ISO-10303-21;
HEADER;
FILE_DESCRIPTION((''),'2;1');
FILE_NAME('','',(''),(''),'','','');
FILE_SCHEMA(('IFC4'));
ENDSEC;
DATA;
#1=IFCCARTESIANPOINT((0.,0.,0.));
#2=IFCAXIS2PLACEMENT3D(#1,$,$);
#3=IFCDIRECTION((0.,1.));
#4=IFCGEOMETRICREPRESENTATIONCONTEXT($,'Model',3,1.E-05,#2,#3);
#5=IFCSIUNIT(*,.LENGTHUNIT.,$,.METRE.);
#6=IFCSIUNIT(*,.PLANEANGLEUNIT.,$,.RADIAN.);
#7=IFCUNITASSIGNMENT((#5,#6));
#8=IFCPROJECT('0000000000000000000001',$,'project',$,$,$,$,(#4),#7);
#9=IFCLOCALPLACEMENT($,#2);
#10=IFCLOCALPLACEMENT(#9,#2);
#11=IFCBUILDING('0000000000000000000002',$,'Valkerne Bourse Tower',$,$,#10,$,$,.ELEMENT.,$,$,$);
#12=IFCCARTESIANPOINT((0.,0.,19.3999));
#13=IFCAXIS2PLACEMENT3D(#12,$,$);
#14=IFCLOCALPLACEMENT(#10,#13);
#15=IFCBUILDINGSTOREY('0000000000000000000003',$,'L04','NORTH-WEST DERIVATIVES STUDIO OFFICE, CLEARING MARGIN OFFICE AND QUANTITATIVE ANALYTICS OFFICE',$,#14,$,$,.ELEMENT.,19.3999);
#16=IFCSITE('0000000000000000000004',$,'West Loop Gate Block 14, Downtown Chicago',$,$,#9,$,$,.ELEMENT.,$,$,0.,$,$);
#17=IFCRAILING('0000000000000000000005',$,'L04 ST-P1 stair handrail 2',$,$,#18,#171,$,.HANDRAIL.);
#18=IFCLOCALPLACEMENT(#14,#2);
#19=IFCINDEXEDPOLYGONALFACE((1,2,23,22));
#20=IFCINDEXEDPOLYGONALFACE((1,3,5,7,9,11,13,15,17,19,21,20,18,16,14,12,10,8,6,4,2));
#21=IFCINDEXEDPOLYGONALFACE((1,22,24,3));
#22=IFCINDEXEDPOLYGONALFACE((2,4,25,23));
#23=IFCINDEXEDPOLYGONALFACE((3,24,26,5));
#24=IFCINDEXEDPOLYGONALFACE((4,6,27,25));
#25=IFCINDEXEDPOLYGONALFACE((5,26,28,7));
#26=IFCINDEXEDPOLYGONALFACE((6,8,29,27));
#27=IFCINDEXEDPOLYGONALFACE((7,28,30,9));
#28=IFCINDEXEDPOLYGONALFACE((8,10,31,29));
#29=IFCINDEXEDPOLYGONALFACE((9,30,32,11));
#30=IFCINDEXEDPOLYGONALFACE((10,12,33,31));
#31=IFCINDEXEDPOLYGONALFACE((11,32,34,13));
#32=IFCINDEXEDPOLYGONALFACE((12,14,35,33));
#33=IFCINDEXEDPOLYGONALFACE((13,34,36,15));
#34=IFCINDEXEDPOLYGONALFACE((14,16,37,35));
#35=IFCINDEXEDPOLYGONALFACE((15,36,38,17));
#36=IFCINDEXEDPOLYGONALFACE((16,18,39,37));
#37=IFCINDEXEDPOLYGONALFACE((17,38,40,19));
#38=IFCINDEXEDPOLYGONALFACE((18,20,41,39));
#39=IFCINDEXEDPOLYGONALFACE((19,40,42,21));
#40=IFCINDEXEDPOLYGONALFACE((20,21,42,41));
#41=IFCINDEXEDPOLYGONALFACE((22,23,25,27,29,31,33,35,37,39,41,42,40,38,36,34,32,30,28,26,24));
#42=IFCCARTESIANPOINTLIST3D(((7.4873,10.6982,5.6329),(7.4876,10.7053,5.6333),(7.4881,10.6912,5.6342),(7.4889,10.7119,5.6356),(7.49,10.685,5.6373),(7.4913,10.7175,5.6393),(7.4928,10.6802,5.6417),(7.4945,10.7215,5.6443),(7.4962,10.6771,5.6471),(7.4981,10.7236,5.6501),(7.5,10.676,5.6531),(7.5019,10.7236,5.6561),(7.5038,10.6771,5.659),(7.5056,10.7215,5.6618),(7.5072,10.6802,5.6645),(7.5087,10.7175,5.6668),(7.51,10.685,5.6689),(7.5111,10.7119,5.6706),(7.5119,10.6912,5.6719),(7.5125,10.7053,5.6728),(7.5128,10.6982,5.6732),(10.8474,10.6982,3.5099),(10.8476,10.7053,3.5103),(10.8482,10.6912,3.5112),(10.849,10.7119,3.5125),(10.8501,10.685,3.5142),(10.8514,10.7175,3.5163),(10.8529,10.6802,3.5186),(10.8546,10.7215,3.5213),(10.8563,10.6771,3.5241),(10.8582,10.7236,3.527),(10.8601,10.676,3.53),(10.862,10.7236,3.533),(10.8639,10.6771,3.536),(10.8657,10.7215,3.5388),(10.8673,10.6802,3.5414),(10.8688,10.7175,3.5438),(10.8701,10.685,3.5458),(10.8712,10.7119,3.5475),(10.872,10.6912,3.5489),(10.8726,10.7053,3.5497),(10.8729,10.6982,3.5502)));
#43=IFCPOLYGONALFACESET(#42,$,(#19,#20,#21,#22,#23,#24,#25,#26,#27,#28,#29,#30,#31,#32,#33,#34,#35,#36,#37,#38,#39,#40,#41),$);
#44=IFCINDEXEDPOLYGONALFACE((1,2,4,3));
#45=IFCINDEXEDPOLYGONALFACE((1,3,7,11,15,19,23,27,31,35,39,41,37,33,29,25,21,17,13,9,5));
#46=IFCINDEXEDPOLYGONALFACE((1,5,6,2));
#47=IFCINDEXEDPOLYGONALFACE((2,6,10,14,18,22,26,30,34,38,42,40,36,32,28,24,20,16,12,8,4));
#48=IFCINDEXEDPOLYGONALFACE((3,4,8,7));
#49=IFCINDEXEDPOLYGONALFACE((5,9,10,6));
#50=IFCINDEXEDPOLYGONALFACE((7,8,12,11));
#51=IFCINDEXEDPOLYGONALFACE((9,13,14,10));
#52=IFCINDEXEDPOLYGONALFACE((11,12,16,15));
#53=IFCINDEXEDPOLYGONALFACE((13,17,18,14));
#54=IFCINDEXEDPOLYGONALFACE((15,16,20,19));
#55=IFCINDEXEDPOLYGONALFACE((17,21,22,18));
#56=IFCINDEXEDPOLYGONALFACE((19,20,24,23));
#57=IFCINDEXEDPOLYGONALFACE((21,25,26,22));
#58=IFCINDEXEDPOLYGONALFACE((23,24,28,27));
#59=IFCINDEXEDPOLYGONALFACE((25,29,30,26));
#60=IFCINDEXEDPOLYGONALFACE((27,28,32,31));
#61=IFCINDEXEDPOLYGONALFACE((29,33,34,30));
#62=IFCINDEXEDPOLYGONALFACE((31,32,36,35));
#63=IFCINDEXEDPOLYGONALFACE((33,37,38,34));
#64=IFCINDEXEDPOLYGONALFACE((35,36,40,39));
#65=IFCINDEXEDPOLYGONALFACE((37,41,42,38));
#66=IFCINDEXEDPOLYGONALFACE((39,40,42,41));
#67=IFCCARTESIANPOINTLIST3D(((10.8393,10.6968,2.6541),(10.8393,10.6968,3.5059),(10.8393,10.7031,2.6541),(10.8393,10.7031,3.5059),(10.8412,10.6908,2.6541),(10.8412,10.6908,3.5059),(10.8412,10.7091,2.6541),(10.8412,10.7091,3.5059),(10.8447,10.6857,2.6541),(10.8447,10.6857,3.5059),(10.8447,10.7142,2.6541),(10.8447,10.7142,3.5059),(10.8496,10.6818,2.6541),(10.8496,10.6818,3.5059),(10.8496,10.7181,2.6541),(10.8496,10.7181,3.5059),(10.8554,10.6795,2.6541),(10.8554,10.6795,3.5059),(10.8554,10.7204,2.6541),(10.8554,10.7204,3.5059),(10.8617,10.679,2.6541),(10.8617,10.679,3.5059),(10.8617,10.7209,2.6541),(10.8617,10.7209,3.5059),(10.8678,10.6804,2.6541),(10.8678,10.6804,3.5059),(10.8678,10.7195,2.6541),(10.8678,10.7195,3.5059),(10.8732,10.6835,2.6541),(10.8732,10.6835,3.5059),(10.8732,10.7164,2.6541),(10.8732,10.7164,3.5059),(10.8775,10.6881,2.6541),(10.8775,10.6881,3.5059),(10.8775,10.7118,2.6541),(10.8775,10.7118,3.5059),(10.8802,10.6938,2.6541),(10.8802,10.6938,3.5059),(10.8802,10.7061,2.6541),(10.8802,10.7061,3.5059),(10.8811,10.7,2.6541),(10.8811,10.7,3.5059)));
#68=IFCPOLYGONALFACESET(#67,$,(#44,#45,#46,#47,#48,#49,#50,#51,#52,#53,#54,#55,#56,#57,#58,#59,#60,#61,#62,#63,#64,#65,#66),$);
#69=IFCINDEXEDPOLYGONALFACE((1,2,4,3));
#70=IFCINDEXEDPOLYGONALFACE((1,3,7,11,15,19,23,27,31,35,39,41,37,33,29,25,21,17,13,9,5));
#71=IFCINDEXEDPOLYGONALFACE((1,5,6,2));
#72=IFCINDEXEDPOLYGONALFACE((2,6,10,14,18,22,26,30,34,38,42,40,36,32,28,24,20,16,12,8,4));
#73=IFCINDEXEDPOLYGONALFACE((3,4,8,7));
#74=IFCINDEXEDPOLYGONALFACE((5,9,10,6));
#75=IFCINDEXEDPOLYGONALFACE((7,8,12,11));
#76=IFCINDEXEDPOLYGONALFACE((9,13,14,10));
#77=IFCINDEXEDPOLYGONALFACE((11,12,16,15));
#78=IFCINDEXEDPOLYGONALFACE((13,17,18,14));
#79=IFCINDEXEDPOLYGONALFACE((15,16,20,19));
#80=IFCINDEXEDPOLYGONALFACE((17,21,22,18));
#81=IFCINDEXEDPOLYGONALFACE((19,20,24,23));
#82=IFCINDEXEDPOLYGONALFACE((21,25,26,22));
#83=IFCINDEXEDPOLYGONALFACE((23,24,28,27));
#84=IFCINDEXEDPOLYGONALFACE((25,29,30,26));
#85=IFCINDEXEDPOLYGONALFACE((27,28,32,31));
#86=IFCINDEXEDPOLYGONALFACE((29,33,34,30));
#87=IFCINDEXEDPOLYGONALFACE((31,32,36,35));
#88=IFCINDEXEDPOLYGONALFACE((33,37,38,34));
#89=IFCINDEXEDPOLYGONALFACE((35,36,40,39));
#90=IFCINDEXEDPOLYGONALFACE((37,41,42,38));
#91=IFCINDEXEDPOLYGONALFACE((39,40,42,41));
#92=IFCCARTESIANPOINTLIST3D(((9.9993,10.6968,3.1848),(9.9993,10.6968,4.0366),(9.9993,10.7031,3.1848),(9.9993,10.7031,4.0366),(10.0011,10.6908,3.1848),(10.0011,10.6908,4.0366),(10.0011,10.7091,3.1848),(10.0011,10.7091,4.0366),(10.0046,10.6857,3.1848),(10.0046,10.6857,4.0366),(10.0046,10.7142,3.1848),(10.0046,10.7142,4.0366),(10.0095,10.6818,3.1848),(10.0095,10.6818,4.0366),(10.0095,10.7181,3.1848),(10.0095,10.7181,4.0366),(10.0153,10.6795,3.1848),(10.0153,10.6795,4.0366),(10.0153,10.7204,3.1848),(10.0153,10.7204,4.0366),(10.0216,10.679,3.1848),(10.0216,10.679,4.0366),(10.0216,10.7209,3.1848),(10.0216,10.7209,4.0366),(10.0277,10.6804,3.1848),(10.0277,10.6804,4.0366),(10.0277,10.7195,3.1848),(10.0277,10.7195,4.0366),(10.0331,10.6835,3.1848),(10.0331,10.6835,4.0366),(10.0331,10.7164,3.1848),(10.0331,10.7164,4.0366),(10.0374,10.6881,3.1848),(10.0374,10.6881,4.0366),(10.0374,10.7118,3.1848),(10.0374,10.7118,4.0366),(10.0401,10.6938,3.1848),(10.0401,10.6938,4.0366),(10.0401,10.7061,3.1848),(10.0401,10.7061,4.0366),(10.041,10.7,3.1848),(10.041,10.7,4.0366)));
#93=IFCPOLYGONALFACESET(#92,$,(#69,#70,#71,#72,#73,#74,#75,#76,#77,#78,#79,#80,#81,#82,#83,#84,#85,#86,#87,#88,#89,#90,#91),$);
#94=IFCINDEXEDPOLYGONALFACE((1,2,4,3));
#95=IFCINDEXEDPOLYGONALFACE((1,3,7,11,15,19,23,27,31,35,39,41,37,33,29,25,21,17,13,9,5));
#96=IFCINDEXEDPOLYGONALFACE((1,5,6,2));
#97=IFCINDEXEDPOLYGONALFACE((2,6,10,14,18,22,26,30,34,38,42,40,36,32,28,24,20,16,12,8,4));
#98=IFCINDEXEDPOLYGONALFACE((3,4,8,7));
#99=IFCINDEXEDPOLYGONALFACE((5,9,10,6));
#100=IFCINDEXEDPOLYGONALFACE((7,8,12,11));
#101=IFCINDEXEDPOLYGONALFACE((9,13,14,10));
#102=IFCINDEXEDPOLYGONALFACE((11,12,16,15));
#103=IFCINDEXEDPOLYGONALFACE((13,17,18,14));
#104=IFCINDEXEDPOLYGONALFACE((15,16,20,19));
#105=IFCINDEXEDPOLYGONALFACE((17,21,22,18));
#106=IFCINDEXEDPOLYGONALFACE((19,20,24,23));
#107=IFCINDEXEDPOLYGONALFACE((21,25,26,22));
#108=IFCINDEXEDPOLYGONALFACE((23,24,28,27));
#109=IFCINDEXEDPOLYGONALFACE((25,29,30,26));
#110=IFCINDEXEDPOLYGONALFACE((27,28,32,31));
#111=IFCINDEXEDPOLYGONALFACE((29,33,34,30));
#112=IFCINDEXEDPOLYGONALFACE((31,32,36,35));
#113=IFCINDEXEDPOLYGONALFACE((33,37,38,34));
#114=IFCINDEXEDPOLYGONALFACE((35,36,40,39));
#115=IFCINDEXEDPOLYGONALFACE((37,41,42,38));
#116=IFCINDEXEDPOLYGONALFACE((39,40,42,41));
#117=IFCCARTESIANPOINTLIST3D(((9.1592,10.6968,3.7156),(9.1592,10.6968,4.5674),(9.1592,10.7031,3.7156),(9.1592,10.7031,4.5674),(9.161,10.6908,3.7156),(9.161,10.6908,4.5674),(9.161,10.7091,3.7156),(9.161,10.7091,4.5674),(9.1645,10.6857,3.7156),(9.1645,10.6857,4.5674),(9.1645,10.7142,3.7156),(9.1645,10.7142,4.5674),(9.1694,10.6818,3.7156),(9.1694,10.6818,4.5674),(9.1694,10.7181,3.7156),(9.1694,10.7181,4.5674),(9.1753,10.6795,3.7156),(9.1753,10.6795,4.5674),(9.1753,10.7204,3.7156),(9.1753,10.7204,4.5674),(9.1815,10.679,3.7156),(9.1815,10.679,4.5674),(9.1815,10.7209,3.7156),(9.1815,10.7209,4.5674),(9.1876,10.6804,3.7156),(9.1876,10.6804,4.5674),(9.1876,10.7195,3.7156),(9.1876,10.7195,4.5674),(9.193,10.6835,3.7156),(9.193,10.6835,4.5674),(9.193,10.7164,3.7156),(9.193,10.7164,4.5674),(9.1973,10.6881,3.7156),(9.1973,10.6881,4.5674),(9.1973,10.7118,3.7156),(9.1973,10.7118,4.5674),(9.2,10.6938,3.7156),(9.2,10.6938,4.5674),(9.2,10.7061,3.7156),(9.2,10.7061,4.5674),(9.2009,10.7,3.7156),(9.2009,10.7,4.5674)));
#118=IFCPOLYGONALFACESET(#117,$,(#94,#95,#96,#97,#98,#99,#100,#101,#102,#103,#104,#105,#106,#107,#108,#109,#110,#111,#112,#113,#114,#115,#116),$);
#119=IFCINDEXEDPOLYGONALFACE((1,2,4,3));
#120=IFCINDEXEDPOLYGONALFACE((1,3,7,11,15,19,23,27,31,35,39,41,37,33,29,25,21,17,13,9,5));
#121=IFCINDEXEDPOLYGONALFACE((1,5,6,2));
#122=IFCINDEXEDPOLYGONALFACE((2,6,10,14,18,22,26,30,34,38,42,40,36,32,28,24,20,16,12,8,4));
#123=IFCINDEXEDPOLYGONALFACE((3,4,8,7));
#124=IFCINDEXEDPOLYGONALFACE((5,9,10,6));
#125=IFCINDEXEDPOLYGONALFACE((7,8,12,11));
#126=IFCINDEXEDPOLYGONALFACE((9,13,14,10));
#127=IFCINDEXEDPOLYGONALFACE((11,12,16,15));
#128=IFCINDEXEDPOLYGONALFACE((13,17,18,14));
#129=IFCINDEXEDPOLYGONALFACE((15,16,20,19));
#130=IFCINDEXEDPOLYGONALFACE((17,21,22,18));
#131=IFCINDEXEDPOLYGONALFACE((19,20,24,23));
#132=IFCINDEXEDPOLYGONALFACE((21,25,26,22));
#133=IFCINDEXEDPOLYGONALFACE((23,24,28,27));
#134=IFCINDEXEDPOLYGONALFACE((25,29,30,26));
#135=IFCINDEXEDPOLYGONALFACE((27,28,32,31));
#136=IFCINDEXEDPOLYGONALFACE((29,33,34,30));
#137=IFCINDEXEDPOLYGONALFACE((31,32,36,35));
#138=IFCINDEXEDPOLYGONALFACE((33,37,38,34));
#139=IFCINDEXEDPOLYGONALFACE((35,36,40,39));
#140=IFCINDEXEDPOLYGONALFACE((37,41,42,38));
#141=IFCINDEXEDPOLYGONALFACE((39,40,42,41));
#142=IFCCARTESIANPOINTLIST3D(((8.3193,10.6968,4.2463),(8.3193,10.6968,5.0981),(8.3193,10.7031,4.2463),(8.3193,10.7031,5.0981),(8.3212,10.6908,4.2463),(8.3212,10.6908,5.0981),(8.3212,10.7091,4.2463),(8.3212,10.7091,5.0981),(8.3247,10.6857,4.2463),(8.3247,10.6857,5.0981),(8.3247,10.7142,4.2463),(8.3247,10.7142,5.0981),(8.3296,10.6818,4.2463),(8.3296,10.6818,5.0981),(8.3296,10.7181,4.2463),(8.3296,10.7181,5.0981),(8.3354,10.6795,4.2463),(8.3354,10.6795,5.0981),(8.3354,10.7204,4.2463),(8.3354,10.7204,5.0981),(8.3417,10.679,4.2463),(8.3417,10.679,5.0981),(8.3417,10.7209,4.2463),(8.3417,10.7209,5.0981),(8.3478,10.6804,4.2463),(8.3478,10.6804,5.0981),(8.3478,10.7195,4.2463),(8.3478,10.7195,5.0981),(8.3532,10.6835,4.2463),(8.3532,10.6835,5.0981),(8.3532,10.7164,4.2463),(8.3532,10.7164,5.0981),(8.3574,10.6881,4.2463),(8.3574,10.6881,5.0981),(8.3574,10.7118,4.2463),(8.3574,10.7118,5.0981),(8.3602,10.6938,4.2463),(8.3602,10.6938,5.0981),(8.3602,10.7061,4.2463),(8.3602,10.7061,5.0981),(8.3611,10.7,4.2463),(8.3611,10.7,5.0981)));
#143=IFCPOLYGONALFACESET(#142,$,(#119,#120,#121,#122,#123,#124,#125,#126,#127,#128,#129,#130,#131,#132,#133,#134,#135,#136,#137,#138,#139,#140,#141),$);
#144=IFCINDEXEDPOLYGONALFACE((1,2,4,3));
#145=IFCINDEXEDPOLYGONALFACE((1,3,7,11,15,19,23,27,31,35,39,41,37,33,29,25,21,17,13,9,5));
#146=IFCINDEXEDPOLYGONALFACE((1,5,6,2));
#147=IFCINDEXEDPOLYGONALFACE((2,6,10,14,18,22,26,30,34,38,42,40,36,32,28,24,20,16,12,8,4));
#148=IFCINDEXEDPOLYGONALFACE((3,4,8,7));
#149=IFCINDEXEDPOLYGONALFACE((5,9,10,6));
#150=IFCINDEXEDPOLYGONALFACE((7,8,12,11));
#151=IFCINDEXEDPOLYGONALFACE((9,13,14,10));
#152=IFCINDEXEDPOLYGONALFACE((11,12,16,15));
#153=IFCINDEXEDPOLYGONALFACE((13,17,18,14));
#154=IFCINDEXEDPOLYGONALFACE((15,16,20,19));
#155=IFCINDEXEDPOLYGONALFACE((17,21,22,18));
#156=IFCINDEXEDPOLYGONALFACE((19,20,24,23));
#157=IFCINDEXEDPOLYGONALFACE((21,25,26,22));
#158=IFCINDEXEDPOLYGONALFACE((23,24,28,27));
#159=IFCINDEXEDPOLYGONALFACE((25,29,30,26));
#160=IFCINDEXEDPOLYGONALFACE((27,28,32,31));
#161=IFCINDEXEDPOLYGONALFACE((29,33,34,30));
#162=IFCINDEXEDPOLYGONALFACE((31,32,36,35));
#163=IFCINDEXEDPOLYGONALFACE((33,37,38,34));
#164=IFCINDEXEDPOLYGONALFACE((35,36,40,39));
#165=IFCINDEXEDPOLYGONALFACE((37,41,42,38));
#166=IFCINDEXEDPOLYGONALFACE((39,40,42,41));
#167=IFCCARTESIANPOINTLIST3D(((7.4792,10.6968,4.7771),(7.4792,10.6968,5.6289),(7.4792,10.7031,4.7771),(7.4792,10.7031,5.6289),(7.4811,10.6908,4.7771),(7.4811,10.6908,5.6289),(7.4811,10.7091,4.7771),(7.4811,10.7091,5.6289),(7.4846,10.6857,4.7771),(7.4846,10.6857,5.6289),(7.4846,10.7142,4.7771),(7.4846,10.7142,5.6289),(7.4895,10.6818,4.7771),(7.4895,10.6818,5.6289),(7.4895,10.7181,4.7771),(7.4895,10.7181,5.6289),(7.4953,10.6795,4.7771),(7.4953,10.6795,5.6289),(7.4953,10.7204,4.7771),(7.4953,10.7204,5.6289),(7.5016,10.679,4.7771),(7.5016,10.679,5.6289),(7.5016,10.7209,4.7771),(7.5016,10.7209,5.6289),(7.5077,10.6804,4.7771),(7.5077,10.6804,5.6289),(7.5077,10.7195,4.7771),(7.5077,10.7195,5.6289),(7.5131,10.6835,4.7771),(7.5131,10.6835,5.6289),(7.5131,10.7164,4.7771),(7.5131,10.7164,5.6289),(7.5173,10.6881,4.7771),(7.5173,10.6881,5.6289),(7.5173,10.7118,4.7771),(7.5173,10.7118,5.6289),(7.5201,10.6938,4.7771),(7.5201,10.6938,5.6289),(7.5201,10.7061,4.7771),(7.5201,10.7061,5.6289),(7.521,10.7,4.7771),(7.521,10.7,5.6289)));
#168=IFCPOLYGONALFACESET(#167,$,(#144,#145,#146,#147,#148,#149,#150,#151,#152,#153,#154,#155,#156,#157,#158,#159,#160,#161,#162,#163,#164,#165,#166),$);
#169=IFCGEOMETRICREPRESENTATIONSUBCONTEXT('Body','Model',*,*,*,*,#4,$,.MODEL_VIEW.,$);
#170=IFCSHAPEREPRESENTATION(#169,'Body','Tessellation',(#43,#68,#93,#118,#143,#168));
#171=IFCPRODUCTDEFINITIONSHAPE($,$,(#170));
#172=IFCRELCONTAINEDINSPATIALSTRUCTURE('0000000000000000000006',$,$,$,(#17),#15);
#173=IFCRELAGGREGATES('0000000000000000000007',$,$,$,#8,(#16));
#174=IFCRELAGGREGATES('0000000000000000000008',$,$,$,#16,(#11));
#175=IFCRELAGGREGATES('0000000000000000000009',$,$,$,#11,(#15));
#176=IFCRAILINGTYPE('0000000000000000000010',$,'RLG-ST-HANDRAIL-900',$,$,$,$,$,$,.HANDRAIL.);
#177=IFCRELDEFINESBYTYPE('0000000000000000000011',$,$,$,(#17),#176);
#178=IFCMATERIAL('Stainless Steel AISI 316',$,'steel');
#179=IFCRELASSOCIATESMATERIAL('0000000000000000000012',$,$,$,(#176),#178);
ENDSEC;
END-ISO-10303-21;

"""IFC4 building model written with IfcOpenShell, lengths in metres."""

from ifc_helpers import new_model, si_unit, direction, frame, origin, origin_2d, place, context, subcontext, project, spatial, circle, extrude, material, type_object, element, save


model = new_model("IFC4")

# Units and contexts
model_context = context("Model", 3, precision=1e-05, world=origin(), true_north=direction((0.0, 1.0)))
body_context = subcontext(model_context, "Body", "Model", "MODEL_VIEW")
ifc_project = project(units=[si_unit("LENGTHUNIT", "METRE"), si_unit("PLANEANGLEUNIT", "RADIAN")], contexts=[model_context])

# Site, building, storey
site_placement = place(None, origin())
site = spatial("IfcSite", under=ifc_project, at=site_placement, Name="West Loop Gate Block 14, Downtown Chicago", CompositionType="ELEMENT", RefElevation=0.0)
building_placement = place(site_placement, origin())
building = spatial("IfcBuilding", under=site, at=building_placement, Name="Valkerne Bourse Tower", CompositionType="ELEMENT")
storey_placement = place(building_placement, frame((0.0, 0.0, 19.3999)))
storey = spatial("IfcBuildingStorey", under=building, at=storey_placement, Name="L04", Description="NORTH-WEST DERIVATIVES STUDIO OFFICE, CLEARING MARGIN OFFICE AND QUANTITATIVE ANALYTICS OFFICE", CompositionType="ELEMENT", Elevation=19.3999)

# Railing
ifc_material_1 = material(Name="Stainless Steel AISI 316", Category="steel")
railing_type_1 = type_object("IfcRailingType", Name="RLG-ST-HANDRAIL-900", PredefinedType="HANDRAIL", material=ifc_material_1)
railing_1_placement = place(storey_placement, frame((10.8601, 10.7, 2.6541)))
element("IfcRailing", 1, at=railing_1_placement, inside=storey, type_object=railing_type_1, Name="L04 ST-P1 stair handrail 2", PredefinedType="HANDRAIL", context=body_context, shape_type="SweptSolid", body=[
    extrude(circle(Radius=0.0239, at=origin_2d()), frame((0.0, 0.0, 0.876), z_axis=(-0.84539, 0.0, 0.53415), x_axis=(0.0, -1.0, 0.0)), (0.0, 0.0, 1.0), 3.9746),
    extrude(circle(Radius=0.021, at=origin_2d()), origin(), (0.0, 0.0, 1.0), 0.8518),
    extrude(circle(Radius=0.021, at=origin_2d()), frame((-0.8401, 0.0, 0.5308)), (0.0, 0.0, 1.0), 0.8518),
    extrude(circle(Radius=0.021, at=origin_2d()), frame((-1.6802, 0.0, 1.0615)), (0.0, 0.0, 1.0), 0.8518),
    extrude(circle(Radius=0.021, at=origin_2d()), frame((-2.52, 0.0, 1.5923)), (0.0, 0.0, 1.0), 0.8518),
    extrude(circle(Radius=0.021, at=origin_2d()), frame((-3.3601, 0.0, 2.123)), (0.0, 0.0, 1.0), 0.8518),
])

save(model, "model.ifc")
